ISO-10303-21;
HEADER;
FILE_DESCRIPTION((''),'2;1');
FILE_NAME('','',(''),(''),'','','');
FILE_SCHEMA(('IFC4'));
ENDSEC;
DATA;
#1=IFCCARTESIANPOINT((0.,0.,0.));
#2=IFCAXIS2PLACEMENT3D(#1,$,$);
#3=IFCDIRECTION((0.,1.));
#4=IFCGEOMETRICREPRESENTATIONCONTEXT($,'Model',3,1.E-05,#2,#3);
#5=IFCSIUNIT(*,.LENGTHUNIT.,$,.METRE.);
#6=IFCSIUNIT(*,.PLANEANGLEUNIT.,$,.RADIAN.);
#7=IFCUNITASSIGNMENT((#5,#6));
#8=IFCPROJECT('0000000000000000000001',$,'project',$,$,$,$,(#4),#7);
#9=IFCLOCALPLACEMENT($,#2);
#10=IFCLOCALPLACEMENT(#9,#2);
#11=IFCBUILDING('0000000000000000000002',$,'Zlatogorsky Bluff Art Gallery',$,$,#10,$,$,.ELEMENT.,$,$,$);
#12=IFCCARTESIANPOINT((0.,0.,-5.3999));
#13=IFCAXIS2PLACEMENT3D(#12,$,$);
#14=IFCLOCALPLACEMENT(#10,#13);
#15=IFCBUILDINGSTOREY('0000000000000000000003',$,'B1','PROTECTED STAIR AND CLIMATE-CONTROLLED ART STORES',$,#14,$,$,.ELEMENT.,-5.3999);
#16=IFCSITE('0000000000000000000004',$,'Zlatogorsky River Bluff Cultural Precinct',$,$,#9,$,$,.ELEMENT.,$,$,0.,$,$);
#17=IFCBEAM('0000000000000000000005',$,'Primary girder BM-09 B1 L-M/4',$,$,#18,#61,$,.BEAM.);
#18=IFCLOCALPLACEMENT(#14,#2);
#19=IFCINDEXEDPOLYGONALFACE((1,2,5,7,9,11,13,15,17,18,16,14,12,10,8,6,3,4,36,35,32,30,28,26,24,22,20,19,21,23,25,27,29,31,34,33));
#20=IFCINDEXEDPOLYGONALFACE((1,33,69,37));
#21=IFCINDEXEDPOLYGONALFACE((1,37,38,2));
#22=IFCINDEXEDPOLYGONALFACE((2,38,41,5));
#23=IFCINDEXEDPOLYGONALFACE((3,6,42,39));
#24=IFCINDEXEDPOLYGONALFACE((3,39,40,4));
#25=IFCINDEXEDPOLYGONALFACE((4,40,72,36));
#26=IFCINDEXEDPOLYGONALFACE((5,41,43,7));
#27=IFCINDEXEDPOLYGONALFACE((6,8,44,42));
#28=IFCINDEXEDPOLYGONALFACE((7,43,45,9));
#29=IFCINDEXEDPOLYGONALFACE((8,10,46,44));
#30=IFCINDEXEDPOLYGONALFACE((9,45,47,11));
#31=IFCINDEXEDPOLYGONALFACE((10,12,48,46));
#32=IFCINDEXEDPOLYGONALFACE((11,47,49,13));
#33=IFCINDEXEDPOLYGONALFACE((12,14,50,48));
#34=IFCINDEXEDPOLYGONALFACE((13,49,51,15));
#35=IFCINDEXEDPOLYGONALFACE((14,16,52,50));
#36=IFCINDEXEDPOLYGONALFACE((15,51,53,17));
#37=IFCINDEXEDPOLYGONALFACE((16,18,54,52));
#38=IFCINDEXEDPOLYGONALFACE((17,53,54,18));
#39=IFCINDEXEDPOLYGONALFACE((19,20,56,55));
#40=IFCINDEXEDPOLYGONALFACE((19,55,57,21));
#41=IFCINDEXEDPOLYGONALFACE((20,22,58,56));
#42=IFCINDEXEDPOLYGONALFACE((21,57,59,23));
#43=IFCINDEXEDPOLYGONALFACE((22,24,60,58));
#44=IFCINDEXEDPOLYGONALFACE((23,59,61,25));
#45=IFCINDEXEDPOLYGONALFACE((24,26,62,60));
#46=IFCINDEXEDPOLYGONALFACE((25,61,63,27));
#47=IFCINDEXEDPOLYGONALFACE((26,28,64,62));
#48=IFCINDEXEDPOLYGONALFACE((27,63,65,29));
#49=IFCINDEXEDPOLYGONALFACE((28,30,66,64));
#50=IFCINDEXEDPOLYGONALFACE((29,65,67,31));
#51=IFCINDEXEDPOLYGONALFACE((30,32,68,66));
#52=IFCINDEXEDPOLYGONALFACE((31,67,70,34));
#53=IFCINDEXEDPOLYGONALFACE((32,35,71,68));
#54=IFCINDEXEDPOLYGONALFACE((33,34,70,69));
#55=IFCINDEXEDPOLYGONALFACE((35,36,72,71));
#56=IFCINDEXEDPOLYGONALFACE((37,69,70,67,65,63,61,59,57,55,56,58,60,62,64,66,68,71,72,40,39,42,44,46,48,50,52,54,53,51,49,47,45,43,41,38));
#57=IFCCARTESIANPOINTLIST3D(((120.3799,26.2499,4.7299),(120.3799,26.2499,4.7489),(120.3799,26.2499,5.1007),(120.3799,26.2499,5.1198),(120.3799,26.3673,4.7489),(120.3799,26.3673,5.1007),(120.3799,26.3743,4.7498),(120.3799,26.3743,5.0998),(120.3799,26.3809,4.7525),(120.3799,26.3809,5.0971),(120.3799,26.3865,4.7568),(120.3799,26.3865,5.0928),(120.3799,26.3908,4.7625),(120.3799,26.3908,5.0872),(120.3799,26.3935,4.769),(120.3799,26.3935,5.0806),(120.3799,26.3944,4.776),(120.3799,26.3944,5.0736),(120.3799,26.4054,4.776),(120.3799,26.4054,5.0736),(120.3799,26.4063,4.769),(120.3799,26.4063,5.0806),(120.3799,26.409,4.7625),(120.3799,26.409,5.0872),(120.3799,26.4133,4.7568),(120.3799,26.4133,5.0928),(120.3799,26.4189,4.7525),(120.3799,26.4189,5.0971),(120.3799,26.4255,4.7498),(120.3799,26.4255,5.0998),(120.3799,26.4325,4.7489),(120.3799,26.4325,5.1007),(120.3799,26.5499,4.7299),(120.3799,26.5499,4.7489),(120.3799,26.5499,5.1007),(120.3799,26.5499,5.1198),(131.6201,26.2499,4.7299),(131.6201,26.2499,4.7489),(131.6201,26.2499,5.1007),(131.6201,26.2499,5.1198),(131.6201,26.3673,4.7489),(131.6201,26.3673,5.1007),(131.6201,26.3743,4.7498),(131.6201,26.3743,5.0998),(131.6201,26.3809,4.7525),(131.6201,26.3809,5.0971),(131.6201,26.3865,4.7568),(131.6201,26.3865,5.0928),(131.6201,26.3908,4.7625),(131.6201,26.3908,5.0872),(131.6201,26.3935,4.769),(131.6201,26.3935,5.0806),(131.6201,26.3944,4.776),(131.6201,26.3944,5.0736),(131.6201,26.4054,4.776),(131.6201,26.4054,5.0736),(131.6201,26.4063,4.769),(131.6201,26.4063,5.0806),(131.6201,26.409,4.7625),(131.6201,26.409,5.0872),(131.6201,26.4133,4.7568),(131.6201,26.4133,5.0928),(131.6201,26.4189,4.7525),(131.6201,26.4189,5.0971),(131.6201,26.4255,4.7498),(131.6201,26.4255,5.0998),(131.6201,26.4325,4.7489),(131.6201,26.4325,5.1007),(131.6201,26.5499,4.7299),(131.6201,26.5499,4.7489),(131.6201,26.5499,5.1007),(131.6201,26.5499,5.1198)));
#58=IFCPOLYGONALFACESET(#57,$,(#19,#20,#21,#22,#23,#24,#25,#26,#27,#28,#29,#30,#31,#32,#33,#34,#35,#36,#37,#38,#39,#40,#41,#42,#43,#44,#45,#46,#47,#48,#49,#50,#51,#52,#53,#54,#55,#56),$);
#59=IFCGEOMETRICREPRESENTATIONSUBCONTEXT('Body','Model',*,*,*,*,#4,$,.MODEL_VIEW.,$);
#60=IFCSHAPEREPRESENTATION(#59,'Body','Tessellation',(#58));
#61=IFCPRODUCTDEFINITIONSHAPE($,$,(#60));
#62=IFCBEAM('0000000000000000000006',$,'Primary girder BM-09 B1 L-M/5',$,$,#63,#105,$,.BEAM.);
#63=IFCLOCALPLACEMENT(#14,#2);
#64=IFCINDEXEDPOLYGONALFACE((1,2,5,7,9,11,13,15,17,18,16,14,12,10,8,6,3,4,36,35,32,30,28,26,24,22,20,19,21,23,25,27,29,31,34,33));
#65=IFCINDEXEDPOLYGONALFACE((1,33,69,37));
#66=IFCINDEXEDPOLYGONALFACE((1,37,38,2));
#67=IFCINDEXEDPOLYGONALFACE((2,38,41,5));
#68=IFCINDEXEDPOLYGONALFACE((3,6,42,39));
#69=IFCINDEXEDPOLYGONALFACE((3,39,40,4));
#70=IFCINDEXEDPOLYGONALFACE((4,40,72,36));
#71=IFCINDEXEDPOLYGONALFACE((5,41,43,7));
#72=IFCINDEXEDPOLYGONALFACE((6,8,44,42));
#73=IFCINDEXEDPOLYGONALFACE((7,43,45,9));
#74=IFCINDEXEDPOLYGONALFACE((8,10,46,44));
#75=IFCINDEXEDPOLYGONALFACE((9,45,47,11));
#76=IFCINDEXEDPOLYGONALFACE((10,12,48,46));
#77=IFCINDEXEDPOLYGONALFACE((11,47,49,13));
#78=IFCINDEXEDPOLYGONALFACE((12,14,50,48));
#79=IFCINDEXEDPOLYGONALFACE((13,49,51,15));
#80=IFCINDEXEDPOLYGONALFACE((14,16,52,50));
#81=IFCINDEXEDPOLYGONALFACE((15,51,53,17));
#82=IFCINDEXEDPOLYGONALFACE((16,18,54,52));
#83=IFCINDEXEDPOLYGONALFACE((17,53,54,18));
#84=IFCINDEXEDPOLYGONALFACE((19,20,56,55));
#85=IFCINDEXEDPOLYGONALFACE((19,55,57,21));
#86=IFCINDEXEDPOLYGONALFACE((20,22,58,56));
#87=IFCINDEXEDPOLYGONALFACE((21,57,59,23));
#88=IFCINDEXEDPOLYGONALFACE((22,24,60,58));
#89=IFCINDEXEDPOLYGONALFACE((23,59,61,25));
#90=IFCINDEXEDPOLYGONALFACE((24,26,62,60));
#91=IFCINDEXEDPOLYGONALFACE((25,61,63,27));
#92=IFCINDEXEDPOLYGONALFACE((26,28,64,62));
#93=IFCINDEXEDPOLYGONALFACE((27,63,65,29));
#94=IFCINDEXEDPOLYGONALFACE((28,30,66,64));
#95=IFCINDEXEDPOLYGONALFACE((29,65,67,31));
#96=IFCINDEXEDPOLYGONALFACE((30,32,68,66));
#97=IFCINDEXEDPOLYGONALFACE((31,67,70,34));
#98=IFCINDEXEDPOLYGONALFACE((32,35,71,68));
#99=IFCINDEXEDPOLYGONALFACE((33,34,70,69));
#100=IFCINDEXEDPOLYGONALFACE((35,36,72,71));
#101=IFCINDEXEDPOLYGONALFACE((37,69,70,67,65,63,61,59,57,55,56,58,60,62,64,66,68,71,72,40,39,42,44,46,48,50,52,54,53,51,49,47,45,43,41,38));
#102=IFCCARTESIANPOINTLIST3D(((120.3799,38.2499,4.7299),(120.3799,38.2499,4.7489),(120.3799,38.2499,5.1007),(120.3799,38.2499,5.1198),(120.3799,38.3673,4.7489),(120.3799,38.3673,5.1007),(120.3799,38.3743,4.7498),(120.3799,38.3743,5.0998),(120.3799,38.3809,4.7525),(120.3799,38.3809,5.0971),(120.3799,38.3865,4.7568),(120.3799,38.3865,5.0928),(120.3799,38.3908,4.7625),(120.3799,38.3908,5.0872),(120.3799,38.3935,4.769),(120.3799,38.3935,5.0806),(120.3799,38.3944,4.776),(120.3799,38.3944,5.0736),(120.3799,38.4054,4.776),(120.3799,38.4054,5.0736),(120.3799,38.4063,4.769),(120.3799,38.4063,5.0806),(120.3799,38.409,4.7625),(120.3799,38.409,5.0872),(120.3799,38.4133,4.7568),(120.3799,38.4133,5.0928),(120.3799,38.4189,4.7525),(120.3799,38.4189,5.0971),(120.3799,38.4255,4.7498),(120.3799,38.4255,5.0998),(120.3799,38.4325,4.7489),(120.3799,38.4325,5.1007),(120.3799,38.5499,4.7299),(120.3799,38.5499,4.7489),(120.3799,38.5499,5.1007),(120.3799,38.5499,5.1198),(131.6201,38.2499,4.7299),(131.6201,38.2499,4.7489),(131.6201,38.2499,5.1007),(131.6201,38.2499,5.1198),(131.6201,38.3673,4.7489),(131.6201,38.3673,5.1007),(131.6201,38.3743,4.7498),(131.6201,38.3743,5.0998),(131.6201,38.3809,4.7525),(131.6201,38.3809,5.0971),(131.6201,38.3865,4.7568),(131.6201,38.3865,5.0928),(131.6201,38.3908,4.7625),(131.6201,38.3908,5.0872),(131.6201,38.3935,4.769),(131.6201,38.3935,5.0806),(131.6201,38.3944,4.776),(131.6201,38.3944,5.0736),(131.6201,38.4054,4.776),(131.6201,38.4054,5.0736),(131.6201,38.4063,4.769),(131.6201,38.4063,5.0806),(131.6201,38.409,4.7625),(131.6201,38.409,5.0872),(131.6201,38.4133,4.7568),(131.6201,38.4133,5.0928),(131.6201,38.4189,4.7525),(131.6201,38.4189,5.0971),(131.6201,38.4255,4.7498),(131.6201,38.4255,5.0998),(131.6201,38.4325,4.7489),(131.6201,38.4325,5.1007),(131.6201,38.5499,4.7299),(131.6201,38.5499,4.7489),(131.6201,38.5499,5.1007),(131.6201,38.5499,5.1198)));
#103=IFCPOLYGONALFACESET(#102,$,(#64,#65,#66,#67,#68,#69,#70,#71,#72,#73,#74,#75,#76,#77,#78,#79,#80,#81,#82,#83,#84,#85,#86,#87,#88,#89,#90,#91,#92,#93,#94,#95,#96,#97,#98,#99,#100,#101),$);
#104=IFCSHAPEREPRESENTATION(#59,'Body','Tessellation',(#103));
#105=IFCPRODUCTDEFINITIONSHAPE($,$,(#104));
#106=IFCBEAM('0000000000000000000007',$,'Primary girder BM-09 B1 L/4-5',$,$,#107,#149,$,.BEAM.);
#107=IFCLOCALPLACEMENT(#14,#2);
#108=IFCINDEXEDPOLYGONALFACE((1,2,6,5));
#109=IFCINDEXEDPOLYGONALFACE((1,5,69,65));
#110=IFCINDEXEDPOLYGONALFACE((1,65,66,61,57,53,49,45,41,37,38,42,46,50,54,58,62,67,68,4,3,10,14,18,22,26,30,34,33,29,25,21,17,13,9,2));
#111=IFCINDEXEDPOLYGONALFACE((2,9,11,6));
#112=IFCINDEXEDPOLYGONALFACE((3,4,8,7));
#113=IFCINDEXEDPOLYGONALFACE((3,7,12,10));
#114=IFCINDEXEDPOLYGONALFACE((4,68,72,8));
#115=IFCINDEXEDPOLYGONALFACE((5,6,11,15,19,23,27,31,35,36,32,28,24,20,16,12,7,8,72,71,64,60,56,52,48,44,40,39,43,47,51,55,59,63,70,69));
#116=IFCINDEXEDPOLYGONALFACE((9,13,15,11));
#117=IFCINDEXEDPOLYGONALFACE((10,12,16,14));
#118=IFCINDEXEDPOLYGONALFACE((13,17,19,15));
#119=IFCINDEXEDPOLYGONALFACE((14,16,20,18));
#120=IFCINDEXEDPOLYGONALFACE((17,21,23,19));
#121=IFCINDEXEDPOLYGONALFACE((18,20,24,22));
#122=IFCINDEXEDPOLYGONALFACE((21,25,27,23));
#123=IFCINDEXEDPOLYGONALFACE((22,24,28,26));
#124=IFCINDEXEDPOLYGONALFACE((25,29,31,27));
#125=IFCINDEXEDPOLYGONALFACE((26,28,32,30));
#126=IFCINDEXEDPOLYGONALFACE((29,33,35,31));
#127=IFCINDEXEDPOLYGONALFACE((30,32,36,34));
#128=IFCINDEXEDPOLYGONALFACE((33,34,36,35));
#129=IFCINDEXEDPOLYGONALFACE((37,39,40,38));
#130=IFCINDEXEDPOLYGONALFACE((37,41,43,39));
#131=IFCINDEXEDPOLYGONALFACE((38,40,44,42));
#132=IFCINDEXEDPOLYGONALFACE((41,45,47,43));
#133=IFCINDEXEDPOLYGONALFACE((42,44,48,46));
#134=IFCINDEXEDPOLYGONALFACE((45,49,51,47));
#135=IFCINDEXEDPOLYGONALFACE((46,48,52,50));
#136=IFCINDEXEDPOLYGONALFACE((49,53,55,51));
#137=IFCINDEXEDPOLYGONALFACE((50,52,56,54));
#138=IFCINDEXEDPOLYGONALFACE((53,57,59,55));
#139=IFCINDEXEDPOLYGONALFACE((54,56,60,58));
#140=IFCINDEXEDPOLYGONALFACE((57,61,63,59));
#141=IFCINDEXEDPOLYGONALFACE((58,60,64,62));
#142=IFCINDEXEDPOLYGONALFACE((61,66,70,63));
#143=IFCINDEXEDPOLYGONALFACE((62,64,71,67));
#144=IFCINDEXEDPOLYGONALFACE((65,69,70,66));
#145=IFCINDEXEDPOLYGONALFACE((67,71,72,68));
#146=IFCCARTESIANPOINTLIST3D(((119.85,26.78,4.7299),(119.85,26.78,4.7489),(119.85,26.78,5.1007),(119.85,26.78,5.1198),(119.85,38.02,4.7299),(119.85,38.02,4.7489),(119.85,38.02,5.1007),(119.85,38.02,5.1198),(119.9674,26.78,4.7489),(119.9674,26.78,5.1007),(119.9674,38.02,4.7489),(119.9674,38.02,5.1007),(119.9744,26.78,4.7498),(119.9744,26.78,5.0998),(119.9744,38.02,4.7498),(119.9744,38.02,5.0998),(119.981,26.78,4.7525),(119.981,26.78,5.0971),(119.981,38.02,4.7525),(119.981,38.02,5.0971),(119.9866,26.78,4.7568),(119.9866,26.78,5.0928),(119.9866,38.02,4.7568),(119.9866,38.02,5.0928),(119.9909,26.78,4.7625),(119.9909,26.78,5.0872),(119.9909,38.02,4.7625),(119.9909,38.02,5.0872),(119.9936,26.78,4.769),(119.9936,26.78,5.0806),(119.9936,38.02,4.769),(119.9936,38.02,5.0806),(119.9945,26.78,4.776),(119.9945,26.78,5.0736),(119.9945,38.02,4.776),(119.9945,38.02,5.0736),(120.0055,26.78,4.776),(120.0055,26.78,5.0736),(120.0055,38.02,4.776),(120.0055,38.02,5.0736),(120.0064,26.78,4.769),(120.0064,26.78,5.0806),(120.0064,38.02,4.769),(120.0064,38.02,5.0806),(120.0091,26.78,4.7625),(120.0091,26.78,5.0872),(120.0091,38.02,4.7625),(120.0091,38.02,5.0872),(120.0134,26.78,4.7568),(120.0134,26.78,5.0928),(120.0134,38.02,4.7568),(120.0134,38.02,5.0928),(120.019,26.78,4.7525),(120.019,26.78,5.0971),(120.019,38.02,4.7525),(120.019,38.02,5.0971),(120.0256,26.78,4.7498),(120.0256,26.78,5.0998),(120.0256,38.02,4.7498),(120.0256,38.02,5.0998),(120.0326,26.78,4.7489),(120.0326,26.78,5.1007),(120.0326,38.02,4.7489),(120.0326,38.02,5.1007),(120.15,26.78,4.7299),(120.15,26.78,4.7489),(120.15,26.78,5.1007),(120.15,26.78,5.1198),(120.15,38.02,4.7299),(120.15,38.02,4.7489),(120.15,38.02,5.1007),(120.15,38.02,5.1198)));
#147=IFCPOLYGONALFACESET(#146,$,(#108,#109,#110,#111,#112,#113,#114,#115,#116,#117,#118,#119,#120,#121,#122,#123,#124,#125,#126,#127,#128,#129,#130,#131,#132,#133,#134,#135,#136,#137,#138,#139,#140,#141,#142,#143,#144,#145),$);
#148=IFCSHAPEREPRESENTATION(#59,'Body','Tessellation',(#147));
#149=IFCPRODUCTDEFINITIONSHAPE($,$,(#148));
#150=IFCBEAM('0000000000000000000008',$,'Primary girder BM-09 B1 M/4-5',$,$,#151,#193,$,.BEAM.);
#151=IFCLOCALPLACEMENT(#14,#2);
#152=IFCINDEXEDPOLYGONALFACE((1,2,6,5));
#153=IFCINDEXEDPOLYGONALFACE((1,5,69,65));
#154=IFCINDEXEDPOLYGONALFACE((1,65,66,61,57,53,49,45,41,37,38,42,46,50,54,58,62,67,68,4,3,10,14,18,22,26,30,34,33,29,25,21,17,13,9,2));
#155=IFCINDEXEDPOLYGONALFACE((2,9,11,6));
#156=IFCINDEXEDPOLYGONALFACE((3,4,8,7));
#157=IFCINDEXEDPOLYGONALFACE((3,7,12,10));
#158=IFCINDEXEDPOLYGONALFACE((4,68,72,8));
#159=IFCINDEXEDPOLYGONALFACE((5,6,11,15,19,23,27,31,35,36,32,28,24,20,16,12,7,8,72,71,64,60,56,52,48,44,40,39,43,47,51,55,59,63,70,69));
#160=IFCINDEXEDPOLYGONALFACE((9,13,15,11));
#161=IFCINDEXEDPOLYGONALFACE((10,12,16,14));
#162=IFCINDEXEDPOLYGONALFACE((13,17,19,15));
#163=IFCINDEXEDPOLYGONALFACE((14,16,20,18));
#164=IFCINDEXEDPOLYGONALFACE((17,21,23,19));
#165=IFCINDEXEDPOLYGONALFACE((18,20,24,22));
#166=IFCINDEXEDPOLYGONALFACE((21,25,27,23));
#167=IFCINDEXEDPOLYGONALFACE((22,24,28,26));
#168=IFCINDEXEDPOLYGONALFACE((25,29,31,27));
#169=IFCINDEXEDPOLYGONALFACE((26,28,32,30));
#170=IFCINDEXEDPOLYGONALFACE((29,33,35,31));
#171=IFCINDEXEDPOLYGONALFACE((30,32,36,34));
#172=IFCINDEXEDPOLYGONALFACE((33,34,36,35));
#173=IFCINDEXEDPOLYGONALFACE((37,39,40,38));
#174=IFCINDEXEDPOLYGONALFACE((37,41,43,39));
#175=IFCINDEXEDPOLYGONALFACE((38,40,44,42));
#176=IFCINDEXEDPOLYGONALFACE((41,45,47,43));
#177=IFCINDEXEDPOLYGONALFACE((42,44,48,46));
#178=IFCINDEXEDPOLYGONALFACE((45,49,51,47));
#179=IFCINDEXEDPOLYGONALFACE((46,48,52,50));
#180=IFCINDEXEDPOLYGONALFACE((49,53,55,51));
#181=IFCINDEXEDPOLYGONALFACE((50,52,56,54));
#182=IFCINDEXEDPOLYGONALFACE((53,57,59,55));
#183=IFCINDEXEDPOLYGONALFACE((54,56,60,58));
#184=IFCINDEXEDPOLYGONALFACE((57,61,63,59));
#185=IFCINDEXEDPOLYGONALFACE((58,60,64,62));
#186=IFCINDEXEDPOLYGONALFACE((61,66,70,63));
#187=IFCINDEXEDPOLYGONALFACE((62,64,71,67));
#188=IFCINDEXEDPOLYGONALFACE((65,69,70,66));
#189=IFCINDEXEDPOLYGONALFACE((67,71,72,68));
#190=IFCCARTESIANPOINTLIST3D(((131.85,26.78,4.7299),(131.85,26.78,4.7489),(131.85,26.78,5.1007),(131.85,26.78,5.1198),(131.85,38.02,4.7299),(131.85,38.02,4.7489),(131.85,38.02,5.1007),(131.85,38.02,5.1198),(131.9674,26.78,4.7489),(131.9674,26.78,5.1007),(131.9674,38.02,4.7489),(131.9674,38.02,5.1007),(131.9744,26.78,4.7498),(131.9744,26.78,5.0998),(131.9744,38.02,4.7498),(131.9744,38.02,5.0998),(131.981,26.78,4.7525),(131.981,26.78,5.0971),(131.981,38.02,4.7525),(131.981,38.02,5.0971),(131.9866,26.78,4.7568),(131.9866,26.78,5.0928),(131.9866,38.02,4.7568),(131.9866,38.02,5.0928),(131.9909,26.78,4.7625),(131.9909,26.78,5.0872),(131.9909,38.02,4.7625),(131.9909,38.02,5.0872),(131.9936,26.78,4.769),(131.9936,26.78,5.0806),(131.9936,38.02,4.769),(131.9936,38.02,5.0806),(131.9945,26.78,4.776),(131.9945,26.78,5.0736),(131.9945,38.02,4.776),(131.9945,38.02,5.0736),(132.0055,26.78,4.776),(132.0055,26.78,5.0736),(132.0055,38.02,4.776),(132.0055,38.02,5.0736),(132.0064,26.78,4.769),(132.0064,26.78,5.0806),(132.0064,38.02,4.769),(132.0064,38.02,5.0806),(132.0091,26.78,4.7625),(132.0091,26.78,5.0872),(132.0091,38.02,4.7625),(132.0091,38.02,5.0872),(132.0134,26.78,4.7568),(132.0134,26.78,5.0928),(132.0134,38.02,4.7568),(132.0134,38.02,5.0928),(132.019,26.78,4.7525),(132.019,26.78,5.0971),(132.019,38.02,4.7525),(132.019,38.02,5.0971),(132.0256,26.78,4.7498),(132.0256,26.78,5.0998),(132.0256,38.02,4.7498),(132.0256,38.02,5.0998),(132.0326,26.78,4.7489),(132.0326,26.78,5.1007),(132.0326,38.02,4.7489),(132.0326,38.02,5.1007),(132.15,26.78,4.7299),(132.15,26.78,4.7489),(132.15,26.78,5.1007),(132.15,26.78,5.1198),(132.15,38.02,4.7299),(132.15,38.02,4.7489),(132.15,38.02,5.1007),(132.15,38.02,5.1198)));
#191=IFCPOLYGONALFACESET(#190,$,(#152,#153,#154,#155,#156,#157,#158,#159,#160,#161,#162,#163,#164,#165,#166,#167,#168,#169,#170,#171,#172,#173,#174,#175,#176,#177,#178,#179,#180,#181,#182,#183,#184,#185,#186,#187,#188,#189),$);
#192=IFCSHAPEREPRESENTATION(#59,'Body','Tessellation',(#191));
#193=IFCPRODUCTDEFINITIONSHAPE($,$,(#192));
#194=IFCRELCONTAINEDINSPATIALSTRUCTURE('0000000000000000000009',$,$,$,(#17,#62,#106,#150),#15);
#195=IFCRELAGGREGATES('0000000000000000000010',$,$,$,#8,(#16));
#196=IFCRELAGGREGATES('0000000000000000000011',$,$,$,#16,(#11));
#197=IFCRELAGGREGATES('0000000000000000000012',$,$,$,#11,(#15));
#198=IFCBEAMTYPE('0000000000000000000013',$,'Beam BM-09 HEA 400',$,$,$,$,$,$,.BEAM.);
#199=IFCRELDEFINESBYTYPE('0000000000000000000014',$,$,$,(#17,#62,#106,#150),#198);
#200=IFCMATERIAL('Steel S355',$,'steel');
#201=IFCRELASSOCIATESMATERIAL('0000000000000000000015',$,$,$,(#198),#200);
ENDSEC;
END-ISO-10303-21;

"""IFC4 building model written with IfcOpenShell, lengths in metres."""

from ifc_helpers import new_model, si_unit, direction, frame, origin, origin_2d, place, context, subcontext, project, spatial, i_section, extrude, material, material_profile, profile_set, type_object, element, save


model = new_model("IFC4")

# Units and contexts
model_context = context("Model", 3, precision=1e-05, world=origin(), true_north=direction((0.0, 1.0)))
body_context = subcontext(model_context, "Body", "Model", "MODEL_VIEW")
ifc_project = project(units=[si_unit("LENGTHUNIT", "METRE"), si_unit("PLANEANGLEUNIT", "RADIAN")], contexts=[model_context])

# Site, building, storey
site_placement = place(None, origin())
site = spatial("IfcSite", under=ifc_project, at=site_placement, Name="Zlatogorsky River Bluff Cultural Precinct", CompositionType="ELEMENT", RefElevation=0.0)
building_placement = place(site_placement, origin())
building = spatial("IfcBuilding", under=site, at=building_placement, Name="Zlatogorsky Bluff Art Gallery", CompositionType="ELEMENT")
storey_placement = place(building_placement, frame((0.0, 0.0, -5.3999)))
storey = spatial("IfcBuildingStorey", under=building, at=storey_placement, Name="B1", Description="PROTECTED STAIR AND CLIMATE-CONTROLLED ART STORES", CompositionType="ELEMENT", Elevation=-5.3999)

# Beams
ifc_material_1 = material(Name="Steel S355", Category="steel")
ifc_material_profile_1 = material_profile(ifc_material_1, i_section(OverallWidth=0.3, OverallDepth=0.3899, WebThickness=0.011, FlangeThickness=0.019, FilletRadius=0.0271, at=origin_2d()), Name="HEA 400")
ifc_profile_set_1 = profile_set([ifc_material_profile_1], Name="Steel S355")
beam_type_1 = type_object("IfcBeamType", Name="Beam BM-09 HEA 400", PredefinedType="BEAM", material=ifc_profile_set_1)
for number, where, z_axis, x_axis, name in (
    (1, (120.3799, 26.3999, 4.9248), (1.0, 0.0, 0.0), (0.0, 1.0, 0.0), "Primary girder BM-09 B1 L-M/4"),
    (2, (120.3799, 38.3999, 4.9248), (1.0, 0.0, 0.0), (0.0, 1.0, 0.0), "Primary girder BM-09 B1 L-M/5"),
):
    element("IfcBeam", number, at=place(storey_placement, frame(where, z_axis=z_axis, x_axis=x_axis)), inside=storey, type_object=beam_type_1, Name=name, PredefinedType="BEAM", context=body_context, shape_type="SweptSolid", body=[
        extrude(i_section(OverallWidth=0.3, OverallDepth=0.3899, WebThickness=0.011, FlangeThickness=0.019, FilletRadius=0.0271, at=origin_2d()), origin(), (0.0, 0.0, 1.0), 11.2402),
    ])
for number, where, z_axis, x_axis, name in (
    (3, (120.0, 26.78, 4.9248), (0.0, 1.0, 0.0), (-1.0, 0.0, 0.0), "Primary girder BM-09 B1 L/4-5"),
    (4, (132.0, 26.78, 4.9248), (0.0, 1.0, 0.0), (-1.0, 0.0, 0.0), "Primary girder BM-09 B1 M/4-5"),
):
    element("IfcBeam", number, at=place(storey_placement, frame(where, z_axis=z_axis, x_axis=x_axis)), inside=storey, type_object=beam_type_1, Name=name, PredefinedType="BEAM", context=body_context, shape_type="SweptSolid", body=[
        extrude(i_section(OverallWidth=0.3, OverallDepth=0.3899, WebThickness=0.011, FlangeThickness=0.019, FilletRadius=0.0271, at=origin_2d()), origin(), (0.0, 0.0, 1.0), 11.24),
    ])

save(model, "model.ifc")
